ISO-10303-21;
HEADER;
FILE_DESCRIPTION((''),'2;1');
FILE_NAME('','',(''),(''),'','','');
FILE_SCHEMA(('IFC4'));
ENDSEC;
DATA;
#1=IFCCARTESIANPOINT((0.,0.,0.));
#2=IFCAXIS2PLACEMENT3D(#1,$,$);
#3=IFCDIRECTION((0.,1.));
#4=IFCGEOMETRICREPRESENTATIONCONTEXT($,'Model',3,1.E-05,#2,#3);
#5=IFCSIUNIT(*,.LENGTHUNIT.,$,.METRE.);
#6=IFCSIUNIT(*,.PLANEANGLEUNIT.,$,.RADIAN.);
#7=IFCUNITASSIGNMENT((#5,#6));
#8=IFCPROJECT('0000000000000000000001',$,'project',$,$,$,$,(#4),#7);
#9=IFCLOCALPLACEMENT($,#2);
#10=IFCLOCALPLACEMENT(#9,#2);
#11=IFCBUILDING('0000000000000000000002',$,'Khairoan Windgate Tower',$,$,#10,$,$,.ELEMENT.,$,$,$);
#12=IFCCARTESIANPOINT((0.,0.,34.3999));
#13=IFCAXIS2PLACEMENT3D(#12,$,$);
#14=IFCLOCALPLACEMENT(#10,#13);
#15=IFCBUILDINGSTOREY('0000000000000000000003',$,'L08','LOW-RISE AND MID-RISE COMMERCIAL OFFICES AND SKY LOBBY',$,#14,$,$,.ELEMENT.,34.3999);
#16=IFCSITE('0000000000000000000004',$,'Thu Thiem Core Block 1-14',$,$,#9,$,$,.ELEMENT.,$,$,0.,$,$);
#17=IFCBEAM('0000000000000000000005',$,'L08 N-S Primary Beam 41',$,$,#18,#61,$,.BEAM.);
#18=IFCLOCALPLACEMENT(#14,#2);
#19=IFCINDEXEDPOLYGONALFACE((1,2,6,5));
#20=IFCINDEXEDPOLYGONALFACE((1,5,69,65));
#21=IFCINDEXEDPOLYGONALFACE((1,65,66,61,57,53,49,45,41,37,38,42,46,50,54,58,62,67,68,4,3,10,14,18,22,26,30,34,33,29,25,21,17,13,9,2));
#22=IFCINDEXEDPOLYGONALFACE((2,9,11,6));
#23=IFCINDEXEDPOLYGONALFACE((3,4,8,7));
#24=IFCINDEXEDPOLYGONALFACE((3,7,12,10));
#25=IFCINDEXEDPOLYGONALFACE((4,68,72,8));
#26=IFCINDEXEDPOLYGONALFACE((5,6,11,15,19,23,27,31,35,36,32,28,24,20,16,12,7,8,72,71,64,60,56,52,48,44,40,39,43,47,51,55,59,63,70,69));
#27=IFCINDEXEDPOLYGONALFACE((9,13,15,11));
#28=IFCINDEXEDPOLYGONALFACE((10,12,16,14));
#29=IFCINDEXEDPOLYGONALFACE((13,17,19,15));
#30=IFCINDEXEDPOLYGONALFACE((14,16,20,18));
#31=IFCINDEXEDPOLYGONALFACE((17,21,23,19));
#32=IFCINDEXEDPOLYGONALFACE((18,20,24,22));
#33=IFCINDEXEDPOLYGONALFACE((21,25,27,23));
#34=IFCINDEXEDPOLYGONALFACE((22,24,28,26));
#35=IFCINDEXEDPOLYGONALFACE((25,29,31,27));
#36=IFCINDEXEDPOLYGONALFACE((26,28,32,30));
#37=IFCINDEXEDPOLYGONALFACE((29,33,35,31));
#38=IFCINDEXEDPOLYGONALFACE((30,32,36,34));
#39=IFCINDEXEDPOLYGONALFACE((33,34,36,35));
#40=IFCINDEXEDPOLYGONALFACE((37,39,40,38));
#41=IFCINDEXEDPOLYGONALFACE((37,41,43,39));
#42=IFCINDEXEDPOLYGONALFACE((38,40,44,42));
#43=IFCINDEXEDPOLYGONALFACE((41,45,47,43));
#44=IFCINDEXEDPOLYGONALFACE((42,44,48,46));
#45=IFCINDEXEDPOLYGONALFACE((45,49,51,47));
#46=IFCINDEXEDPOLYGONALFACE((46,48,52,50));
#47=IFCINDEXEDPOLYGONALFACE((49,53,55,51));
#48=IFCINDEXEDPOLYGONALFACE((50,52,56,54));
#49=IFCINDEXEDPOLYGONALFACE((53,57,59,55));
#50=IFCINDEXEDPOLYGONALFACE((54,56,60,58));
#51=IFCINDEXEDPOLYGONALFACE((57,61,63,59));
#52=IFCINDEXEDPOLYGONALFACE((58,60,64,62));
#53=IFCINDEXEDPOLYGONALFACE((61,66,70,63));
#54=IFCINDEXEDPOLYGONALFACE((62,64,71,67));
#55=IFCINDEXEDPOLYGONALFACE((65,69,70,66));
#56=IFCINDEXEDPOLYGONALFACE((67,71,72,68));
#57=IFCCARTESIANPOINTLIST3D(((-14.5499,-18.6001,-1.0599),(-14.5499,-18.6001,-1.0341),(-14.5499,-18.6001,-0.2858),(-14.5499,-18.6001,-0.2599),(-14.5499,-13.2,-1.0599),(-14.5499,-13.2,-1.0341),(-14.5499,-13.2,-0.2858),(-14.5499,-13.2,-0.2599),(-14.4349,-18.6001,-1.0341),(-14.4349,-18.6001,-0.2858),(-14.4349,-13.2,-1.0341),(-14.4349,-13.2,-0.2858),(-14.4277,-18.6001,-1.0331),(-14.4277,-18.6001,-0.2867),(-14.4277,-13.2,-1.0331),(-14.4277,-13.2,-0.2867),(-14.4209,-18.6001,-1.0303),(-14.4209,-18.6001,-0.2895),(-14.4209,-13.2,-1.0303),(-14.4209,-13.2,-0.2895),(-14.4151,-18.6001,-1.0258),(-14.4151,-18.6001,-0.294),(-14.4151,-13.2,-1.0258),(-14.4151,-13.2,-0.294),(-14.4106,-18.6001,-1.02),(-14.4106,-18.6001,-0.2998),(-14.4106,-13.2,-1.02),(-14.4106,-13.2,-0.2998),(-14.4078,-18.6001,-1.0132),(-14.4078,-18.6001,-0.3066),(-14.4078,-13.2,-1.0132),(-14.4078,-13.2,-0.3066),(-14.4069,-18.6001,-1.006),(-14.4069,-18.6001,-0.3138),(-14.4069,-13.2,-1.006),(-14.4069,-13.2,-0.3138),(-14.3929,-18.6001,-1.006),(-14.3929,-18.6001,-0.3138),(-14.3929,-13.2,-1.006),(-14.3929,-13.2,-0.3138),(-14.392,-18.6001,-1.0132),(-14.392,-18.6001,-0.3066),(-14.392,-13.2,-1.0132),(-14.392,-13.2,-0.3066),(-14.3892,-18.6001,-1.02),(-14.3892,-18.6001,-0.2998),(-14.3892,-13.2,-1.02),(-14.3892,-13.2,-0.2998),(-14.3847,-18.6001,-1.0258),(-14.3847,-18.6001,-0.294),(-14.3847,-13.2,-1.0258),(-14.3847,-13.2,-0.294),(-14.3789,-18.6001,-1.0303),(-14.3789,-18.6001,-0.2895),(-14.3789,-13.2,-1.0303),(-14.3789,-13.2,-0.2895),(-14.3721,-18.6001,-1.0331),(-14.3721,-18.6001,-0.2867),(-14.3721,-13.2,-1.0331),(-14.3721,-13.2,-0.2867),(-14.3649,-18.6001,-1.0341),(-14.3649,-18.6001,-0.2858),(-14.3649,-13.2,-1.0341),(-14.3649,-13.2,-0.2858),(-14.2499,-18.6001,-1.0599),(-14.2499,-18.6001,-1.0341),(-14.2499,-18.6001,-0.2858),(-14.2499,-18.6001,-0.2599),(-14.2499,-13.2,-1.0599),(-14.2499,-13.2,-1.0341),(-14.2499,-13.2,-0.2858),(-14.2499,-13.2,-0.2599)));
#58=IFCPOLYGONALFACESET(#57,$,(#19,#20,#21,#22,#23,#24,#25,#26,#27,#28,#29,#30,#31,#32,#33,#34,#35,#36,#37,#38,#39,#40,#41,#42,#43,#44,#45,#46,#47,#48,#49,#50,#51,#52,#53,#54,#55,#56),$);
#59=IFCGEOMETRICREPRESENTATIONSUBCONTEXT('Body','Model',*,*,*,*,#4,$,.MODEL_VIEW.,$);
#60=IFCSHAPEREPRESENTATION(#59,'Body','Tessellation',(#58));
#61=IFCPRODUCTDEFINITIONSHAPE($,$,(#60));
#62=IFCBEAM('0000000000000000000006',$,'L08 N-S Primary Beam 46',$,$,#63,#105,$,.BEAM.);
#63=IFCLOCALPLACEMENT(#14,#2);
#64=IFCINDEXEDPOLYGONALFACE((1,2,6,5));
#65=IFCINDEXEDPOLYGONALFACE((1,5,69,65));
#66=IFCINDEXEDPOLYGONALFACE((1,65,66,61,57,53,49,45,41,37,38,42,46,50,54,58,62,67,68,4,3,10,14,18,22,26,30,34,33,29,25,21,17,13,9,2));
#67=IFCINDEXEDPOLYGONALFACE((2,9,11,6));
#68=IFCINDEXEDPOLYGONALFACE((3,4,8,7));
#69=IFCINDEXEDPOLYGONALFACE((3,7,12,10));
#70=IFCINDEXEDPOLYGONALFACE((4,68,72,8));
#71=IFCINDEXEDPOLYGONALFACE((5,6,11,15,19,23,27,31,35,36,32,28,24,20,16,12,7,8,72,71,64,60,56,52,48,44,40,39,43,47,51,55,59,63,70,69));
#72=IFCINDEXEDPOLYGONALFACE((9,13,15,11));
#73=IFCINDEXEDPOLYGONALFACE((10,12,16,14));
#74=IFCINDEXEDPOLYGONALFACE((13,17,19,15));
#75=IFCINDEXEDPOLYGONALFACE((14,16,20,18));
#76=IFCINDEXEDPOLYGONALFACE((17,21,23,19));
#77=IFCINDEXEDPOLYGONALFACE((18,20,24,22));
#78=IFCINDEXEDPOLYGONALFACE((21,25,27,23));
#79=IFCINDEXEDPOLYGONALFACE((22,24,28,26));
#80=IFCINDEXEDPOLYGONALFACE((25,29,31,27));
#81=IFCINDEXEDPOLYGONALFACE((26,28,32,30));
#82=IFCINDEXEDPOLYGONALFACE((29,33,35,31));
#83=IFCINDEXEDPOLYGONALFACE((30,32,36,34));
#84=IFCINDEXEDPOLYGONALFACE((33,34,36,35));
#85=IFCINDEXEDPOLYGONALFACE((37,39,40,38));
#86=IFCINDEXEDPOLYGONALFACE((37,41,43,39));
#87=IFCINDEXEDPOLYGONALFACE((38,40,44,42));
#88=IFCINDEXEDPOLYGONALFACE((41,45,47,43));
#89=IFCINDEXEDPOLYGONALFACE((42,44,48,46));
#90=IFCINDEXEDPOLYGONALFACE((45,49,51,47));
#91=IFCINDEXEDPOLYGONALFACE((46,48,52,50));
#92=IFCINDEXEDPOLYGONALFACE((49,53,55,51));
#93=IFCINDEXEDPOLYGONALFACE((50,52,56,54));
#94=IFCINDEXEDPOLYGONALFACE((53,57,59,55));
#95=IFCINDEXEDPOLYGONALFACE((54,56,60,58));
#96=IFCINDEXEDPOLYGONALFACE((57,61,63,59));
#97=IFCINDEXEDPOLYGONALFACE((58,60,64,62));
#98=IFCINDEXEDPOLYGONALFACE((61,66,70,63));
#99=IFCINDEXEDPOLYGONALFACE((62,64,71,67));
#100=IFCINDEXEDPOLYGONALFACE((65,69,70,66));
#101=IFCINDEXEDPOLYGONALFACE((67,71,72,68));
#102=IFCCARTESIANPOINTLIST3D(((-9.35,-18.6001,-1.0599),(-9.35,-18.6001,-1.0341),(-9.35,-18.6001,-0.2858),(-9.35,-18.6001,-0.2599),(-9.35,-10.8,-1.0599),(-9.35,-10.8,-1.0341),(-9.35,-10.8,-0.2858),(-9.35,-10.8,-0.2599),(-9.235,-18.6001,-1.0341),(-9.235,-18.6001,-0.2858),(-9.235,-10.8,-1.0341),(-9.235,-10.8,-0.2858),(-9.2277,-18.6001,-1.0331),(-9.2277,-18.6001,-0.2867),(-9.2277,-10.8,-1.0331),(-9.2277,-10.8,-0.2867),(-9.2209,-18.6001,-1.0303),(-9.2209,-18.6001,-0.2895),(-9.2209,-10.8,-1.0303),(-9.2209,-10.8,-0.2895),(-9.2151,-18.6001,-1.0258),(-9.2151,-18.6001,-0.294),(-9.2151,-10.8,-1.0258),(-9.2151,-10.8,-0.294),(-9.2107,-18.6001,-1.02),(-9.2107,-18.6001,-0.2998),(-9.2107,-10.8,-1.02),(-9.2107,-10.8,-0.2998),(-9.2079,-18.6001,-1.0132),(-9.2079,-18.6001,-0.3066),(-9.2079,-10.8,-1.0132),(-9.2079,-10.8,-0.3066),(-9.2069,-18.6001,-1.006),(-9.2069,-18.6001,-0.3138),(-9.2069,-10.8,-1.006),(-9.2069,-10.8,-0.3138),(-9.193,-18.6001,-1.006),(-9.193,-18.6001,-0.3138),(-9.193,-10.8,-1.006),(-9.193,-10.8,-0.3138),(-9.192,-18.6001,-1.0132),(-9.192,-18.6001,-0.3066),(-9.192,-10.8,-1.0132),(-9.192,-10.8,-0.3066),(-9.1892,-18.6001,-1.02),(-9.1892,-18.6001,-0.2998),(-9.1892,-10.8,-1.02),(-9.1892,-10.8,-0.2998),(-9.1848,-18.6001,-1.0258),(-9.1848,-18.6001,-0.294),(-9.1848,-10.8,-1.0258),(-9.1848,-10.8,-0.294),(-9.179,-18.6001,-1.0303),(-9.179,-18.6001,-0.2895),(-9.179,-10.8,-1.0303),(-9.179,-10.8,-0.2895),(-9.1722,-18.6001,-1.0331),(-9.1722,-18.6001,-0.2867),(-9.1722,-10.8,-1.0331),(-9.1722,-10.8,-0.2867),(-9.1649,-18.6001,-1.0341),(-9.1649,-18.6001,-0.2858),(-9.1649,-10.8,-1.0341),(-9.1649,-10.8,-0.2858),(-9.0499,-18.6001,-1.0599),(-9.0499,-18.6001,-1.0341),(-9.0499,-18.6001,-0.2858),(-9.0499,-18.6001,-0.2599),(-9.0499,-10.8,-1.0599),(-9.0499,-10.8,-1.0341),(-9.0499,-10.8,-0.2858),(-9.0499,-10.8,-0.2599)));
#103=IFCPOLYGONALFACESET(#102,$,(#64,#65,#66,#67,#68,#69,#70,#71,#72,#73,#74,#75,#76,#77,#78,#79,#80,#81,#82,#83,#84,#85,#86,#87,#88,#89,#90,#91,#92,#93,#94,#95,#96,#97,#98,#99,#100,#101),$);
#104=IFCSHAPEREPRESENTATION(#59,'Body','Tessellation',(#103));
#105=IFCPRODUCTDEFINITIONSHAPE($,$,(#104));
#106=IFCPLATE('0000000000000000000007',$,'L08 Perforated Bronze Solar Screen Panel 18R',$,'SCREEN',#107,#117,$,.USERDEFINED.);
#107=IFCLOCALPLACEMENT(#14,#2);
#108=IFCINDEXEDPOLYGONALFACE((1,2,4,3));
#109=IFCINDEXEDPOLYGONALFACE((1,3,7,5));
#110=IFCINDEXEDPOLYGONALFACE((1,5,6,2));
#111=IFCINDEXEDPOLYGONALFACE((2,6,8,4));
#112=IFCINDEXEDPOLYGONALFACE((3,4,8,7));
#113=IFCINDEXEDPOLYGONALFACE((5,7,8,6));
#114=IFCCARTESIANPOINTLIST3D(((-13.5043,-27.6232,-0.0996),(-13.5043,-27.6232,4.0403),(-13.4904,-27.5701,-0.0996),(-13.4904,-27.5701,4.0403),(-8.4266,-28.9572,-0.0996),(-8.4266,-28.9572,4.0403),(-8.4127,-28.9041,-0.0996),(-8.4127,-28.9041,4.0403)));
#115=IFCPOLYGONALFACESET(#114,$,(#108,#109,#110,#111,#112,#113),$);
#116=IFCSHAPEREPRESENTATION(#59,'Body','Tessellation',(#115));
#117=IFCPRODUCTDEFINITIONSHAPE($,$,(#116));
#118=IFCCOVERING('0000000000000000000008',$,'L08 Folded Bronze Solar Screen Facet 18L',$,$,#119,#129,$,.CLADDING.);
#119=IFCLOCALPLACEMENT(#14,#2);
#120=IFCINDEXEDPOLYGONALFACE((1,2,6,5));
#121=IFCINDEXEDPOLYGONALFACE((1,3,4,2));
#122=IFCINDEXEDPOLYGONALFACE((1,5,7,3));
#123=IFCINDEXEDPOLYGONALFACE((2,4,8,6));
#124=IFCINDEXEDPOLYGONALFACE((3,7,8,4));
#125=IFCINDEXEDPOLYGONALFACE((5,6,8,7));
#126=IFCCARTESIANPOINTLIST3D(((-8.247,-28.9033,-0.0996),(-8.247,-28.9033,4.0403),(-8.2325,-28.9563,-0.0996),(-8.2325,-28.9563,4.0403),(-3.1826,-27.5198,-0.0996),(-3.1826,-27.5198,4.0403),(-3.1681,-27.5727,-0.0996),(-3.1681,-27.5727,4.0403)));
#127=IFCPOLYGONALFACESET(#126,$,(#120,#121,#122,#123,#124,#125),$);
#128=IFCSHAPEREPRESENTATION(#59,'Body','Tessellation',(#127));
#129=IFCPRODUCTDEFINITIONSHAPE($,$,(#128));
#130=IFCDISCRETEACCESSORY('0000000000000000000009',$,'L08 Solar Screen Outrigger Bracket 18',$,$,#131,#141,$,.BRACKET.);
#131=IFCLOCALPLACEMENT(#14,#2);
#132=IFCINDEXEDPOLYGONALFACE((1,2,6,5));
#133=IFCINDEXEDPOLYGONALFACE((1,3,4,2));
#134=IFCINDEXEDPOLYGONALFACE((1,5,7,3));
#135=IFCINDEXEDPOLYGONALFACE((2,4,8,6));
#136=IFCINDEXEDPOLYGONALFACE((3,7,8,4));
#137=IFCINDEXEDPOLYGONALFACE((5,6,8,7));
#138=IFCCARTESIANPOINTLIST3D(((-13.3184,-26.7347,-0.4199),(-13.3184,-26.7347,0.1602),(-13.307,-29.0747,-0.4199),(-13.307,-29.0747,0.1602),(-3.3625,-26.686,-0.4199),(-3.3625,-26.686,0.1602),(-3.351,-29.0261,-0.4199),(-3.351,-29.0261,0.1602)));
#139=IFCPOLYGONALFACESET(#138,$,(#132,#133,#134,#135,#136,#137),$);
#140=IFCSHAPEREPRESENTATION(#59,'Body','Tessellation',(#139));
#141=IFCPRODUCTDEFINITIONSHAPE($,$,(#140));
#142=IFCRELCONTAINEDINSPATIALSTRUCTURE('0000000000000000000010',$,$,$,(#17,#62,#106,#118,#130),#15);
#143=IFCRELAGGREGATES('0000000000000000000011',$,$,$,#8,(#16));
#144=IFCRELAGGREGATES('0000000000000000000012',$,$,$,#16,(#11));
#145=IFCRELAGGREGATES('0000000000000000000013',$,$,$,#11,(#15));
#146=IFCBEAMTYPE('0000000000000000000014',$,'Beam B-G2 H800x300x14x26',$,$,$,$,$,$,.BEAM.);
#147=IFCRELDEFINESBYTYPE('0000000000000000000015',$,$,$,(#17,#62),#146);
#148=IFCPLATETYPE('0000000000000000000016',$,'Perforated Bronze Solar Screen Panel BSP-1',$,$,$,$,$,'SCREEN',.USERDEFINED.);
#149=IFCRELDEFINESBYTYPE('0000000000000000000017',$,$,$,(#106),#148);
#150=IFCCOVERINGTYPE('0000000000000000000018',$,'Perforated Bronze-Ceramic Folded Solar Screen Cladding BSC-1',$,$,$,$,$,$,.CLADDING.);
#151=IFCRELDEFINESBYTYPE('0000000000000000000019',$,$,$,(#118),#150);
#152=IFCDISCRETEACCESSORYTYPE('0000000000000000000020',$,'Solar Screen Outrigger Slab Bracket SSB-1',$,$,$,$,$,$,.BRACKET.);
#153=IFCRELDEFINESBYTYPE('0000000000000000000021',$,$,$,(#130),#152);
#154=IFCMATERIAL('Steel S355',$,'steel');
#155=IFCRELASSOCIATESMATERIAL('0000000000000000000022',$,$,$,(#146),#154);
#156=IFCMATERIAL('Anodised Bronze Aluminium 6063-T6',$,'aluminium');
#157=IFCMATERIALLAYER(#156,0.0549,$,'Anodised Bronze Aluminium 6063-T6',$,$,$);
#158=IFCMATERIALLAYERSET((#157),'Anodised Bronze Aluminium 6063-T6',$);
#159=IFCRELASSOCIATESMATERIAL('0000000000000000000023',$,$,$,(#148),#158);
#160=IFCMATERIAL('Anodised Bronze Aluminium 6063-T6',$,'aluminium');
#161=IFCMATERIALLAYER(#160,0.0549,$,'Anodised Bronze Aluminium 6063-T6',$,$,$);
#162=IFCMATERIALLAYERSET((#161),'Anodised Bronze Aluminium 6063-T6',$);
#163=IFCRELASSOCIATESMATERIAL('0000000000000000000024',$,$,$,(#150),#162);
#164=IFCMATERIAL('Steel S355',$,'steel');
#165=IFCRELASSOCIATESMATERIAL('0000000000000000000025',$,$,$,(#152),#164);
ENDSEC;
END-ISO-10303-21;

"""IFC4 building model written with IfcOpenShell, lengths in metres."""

from ifc_helpers import new_model, si_unit, direction, frame, origin, origin_2d, place, context, subcontext, project, spatial, rectangle, i_section, extrude, material, layer, layer_set, material_profile, profile_set, type_object, element, save


model = new_model("IFC4")

# Units and contexts
model_context = context("Model", 3, precision=1e-05, world=origin(), true_north=direction((0.0, 1.0)))
body_context = subcontext(model_context, "Body", "Model", "MODEL_VIEW")
ifc_project = project(units=[si_unit("LENGTHUNIT", "METRE"), si_unit("PLANEANGLEUNIT", "RADIAN")], contexts=[model_context])

# Site, building, storey
site_placement = place(None, origin())
site = spatial("IfcSite", under=ifc_project, at=site_placement, Name="Thu Thiem Core Block 1-14", CompositionType="ELEMENT", RefElevation=0.0)
building_placement = place(site_placement, origin())
building = spatial("IfcBuilding", under=site, at=building_placement, Name="Khairoan Windgate Tower", CompositionType="ELEMENT")
storey_placement = place(building_placement, frame((0.0, 0.0, 34.3999)))
storey = spatial("IfcBuildingStorey", under=building, at=storey_placement, Name="L08", Description="LOW-RISE AND MID-RISE COMMERCIAL OFFICES AND SKY LOBBY", CompositionType="ELEMENT", Elevation=34.3999)

# Beams
ifc_material_1 = material(Name="Steel S355", Category="steel")
ifc_material_profile_1 = material_profile(ifc_material_1, i_section(OverallWidth=0.3, OverallDepth=0.8, WebThickness=0.0139, FlangeThickness=0.0259, FilletRadius=0.0281, at=origin_2d()))
ifc_profile_set_1 = profile_set([ifc_material_profile_1], Name="Steel S355")
beam_type = type_object("IfcBeamType", Name="Beam B-G2 H800x300x14x26", PredefinedType="BEAM", material=ifc_profile_set_1)
beam_1_placement = place(storey_placement, frame((-14.3999, -18.6001, -0.6599), z_axis=(0.0, 1.0, 0.0), x_axis=(-1.0, 0.0, 0.0)))
element("IfcBeam", 1, at=beam_1_placement, inside=storey, type_object=beam_type, Name="L08 N-S Primary Beam 41", PredefinedType="BEAM", context=body_context, shape_type="SweptSolid", body=[
    extrude(i_section(OverallWidth=0.3, OverallDepth=0.8, WebThickness=0.0139, FlangeThickness=0.0259, FilletRadius=0.0281, at=origin_2d()), origin(), (0.0, 0.0, 1.0), 5.4001),
])
beam_2_placement = place(storey_placement, frame((-9.2, -18.6001, -0.6599), z_axis=(0.0, 1.0, 0.0), x_axis=(-1.0, 0.0, 0.0)))
element("IfcBeam", 2, at=beam_2_placement, inside=storey, type_object=beam_type, Name="L08 N-S Primary Beam 46", PredefinedType="BEAM", context=body_context, shape_type="SweptSolid", body=[
    extrude(i_section(OverallWidth=0.3, OverallDepth=0.8, WebThickness=0.0139, FlangeThickness=0.0259, FilletRadius=0.0281, at=origin_2d()), origin(), (0.0, 0.0, 1.0), 7.8),
])

# Plate
ifc_material_2 = material(Name="Anodised Bronze Aluminium 6063-T6", Category="aluminium")
ifc_layer_1 = layer(ifc_material_2, 0.0549, Name="Anodised Bronze Aluminium 6063-T6")
ifc_layer_set_1 = layer_set([ifc_layer_1], Name="Anodised Bronze Aluminium 6063-T6")
plate_type = type_object("IfcPlateType", Name="Perforated Bronze Solar Screen Panel BSP-1", ElementType="SCREEN", PredefinedType="USERDEFINED", material=ifc_layer_set_1)
plate_placement = place(storey_placement, frame((-10.9585, -28.2637, -0.0996), z_axis=(0.0, 0.0, 1.0), x_axis=(-0.967179, 0.254096, 0.0)))
element("IfcPlate", 3, at=plate_placement, inside=storey, type_object=plate_type, Name="L08 Perforated Bronze Solar Screen Panel 18R", ObjectType="SCREEN", PredefinedType="USERDEFINED", context=body_context, shape_type="SweptSolid", body=[
    extrude(rectangle(XDim=5.25, YDim=0.0549, at=origin_2d()), origin(), (0.0, 0.0, 1.0), 4.1399),
])

# Covering
ifc_material_3 = material(Name="Anodised Bronze Aluminium 6063-T6", Category="aluminium")
ifc_layer_2 = layer(ifc_material_3, 0.0549, Name="Anodised Bronze Aluminium 6063-T6")
ifc_layer_set_2 = layer_set([ifc_layer_2], Name="Anodised Bronze Aluminium 6063-T6")
covering_type = type_object("IfcCoveringType", Name="Perforated Bronze-Ceramic Folded Solar Screen Cladding BSC-1", PredefinedType="CLADDING", material=ifc_layer_set_2)
covering_placement = place(storey_placement, frame((-5.7075, -28.238, -0.0996), z_axis=(0.0, 0.0, 1.0), x_axis=(-0.964649, -0.263536, 0.0)))
element("IfcCovering", 4, at=covering_placement, inside=storey, type_object=covering_type, Name="L08 Folded Bronze Solar Screen Facet 18L", PredefinedType="CLADDING", context=body_context, shape_type="SweptSolid", body=[
    extrude(rectangle(XDim=5.25, YDim=0.0549, at=origin_2d()), origin(), (0.0, 0.0, 1.0), 4.1399),
])

# Discrete accessory
ifc_material_4 = material(Name="Steel S355", Category="steel")
discrete_accessory_type = type_object("IfcDiscreteAccessoryType", Name="Solar Screen Outrigger Slab Bracket SSB-1", PredefinedType="BRACKET", material=ifc_material_4)
discrete_accessory_placement = place(storey_placement, frame((-8.3347, -27.8804, -0.4199), z_axis=(0.0, 0.0, 1.0), x_axis=(-0.999988, -0.004887, 0.0)))
element("IfcDiscreteAccessory", 5, at=discrete_accessory_placement, inside=storey, type_object=discrete_accessory_type, Name="L08 Solar Screen Outrigger Bracket 18", PredefinedType="BRACKET", context=body_context, shape_type="SweptSolid", body=[
    extrude(rectangle(XDim=9.9561, YDim=2.3401, at=origin_2d()), origin(), (0.0, 0.0, 1.0), 0.5801),
])

save(model, "model.ifc")
